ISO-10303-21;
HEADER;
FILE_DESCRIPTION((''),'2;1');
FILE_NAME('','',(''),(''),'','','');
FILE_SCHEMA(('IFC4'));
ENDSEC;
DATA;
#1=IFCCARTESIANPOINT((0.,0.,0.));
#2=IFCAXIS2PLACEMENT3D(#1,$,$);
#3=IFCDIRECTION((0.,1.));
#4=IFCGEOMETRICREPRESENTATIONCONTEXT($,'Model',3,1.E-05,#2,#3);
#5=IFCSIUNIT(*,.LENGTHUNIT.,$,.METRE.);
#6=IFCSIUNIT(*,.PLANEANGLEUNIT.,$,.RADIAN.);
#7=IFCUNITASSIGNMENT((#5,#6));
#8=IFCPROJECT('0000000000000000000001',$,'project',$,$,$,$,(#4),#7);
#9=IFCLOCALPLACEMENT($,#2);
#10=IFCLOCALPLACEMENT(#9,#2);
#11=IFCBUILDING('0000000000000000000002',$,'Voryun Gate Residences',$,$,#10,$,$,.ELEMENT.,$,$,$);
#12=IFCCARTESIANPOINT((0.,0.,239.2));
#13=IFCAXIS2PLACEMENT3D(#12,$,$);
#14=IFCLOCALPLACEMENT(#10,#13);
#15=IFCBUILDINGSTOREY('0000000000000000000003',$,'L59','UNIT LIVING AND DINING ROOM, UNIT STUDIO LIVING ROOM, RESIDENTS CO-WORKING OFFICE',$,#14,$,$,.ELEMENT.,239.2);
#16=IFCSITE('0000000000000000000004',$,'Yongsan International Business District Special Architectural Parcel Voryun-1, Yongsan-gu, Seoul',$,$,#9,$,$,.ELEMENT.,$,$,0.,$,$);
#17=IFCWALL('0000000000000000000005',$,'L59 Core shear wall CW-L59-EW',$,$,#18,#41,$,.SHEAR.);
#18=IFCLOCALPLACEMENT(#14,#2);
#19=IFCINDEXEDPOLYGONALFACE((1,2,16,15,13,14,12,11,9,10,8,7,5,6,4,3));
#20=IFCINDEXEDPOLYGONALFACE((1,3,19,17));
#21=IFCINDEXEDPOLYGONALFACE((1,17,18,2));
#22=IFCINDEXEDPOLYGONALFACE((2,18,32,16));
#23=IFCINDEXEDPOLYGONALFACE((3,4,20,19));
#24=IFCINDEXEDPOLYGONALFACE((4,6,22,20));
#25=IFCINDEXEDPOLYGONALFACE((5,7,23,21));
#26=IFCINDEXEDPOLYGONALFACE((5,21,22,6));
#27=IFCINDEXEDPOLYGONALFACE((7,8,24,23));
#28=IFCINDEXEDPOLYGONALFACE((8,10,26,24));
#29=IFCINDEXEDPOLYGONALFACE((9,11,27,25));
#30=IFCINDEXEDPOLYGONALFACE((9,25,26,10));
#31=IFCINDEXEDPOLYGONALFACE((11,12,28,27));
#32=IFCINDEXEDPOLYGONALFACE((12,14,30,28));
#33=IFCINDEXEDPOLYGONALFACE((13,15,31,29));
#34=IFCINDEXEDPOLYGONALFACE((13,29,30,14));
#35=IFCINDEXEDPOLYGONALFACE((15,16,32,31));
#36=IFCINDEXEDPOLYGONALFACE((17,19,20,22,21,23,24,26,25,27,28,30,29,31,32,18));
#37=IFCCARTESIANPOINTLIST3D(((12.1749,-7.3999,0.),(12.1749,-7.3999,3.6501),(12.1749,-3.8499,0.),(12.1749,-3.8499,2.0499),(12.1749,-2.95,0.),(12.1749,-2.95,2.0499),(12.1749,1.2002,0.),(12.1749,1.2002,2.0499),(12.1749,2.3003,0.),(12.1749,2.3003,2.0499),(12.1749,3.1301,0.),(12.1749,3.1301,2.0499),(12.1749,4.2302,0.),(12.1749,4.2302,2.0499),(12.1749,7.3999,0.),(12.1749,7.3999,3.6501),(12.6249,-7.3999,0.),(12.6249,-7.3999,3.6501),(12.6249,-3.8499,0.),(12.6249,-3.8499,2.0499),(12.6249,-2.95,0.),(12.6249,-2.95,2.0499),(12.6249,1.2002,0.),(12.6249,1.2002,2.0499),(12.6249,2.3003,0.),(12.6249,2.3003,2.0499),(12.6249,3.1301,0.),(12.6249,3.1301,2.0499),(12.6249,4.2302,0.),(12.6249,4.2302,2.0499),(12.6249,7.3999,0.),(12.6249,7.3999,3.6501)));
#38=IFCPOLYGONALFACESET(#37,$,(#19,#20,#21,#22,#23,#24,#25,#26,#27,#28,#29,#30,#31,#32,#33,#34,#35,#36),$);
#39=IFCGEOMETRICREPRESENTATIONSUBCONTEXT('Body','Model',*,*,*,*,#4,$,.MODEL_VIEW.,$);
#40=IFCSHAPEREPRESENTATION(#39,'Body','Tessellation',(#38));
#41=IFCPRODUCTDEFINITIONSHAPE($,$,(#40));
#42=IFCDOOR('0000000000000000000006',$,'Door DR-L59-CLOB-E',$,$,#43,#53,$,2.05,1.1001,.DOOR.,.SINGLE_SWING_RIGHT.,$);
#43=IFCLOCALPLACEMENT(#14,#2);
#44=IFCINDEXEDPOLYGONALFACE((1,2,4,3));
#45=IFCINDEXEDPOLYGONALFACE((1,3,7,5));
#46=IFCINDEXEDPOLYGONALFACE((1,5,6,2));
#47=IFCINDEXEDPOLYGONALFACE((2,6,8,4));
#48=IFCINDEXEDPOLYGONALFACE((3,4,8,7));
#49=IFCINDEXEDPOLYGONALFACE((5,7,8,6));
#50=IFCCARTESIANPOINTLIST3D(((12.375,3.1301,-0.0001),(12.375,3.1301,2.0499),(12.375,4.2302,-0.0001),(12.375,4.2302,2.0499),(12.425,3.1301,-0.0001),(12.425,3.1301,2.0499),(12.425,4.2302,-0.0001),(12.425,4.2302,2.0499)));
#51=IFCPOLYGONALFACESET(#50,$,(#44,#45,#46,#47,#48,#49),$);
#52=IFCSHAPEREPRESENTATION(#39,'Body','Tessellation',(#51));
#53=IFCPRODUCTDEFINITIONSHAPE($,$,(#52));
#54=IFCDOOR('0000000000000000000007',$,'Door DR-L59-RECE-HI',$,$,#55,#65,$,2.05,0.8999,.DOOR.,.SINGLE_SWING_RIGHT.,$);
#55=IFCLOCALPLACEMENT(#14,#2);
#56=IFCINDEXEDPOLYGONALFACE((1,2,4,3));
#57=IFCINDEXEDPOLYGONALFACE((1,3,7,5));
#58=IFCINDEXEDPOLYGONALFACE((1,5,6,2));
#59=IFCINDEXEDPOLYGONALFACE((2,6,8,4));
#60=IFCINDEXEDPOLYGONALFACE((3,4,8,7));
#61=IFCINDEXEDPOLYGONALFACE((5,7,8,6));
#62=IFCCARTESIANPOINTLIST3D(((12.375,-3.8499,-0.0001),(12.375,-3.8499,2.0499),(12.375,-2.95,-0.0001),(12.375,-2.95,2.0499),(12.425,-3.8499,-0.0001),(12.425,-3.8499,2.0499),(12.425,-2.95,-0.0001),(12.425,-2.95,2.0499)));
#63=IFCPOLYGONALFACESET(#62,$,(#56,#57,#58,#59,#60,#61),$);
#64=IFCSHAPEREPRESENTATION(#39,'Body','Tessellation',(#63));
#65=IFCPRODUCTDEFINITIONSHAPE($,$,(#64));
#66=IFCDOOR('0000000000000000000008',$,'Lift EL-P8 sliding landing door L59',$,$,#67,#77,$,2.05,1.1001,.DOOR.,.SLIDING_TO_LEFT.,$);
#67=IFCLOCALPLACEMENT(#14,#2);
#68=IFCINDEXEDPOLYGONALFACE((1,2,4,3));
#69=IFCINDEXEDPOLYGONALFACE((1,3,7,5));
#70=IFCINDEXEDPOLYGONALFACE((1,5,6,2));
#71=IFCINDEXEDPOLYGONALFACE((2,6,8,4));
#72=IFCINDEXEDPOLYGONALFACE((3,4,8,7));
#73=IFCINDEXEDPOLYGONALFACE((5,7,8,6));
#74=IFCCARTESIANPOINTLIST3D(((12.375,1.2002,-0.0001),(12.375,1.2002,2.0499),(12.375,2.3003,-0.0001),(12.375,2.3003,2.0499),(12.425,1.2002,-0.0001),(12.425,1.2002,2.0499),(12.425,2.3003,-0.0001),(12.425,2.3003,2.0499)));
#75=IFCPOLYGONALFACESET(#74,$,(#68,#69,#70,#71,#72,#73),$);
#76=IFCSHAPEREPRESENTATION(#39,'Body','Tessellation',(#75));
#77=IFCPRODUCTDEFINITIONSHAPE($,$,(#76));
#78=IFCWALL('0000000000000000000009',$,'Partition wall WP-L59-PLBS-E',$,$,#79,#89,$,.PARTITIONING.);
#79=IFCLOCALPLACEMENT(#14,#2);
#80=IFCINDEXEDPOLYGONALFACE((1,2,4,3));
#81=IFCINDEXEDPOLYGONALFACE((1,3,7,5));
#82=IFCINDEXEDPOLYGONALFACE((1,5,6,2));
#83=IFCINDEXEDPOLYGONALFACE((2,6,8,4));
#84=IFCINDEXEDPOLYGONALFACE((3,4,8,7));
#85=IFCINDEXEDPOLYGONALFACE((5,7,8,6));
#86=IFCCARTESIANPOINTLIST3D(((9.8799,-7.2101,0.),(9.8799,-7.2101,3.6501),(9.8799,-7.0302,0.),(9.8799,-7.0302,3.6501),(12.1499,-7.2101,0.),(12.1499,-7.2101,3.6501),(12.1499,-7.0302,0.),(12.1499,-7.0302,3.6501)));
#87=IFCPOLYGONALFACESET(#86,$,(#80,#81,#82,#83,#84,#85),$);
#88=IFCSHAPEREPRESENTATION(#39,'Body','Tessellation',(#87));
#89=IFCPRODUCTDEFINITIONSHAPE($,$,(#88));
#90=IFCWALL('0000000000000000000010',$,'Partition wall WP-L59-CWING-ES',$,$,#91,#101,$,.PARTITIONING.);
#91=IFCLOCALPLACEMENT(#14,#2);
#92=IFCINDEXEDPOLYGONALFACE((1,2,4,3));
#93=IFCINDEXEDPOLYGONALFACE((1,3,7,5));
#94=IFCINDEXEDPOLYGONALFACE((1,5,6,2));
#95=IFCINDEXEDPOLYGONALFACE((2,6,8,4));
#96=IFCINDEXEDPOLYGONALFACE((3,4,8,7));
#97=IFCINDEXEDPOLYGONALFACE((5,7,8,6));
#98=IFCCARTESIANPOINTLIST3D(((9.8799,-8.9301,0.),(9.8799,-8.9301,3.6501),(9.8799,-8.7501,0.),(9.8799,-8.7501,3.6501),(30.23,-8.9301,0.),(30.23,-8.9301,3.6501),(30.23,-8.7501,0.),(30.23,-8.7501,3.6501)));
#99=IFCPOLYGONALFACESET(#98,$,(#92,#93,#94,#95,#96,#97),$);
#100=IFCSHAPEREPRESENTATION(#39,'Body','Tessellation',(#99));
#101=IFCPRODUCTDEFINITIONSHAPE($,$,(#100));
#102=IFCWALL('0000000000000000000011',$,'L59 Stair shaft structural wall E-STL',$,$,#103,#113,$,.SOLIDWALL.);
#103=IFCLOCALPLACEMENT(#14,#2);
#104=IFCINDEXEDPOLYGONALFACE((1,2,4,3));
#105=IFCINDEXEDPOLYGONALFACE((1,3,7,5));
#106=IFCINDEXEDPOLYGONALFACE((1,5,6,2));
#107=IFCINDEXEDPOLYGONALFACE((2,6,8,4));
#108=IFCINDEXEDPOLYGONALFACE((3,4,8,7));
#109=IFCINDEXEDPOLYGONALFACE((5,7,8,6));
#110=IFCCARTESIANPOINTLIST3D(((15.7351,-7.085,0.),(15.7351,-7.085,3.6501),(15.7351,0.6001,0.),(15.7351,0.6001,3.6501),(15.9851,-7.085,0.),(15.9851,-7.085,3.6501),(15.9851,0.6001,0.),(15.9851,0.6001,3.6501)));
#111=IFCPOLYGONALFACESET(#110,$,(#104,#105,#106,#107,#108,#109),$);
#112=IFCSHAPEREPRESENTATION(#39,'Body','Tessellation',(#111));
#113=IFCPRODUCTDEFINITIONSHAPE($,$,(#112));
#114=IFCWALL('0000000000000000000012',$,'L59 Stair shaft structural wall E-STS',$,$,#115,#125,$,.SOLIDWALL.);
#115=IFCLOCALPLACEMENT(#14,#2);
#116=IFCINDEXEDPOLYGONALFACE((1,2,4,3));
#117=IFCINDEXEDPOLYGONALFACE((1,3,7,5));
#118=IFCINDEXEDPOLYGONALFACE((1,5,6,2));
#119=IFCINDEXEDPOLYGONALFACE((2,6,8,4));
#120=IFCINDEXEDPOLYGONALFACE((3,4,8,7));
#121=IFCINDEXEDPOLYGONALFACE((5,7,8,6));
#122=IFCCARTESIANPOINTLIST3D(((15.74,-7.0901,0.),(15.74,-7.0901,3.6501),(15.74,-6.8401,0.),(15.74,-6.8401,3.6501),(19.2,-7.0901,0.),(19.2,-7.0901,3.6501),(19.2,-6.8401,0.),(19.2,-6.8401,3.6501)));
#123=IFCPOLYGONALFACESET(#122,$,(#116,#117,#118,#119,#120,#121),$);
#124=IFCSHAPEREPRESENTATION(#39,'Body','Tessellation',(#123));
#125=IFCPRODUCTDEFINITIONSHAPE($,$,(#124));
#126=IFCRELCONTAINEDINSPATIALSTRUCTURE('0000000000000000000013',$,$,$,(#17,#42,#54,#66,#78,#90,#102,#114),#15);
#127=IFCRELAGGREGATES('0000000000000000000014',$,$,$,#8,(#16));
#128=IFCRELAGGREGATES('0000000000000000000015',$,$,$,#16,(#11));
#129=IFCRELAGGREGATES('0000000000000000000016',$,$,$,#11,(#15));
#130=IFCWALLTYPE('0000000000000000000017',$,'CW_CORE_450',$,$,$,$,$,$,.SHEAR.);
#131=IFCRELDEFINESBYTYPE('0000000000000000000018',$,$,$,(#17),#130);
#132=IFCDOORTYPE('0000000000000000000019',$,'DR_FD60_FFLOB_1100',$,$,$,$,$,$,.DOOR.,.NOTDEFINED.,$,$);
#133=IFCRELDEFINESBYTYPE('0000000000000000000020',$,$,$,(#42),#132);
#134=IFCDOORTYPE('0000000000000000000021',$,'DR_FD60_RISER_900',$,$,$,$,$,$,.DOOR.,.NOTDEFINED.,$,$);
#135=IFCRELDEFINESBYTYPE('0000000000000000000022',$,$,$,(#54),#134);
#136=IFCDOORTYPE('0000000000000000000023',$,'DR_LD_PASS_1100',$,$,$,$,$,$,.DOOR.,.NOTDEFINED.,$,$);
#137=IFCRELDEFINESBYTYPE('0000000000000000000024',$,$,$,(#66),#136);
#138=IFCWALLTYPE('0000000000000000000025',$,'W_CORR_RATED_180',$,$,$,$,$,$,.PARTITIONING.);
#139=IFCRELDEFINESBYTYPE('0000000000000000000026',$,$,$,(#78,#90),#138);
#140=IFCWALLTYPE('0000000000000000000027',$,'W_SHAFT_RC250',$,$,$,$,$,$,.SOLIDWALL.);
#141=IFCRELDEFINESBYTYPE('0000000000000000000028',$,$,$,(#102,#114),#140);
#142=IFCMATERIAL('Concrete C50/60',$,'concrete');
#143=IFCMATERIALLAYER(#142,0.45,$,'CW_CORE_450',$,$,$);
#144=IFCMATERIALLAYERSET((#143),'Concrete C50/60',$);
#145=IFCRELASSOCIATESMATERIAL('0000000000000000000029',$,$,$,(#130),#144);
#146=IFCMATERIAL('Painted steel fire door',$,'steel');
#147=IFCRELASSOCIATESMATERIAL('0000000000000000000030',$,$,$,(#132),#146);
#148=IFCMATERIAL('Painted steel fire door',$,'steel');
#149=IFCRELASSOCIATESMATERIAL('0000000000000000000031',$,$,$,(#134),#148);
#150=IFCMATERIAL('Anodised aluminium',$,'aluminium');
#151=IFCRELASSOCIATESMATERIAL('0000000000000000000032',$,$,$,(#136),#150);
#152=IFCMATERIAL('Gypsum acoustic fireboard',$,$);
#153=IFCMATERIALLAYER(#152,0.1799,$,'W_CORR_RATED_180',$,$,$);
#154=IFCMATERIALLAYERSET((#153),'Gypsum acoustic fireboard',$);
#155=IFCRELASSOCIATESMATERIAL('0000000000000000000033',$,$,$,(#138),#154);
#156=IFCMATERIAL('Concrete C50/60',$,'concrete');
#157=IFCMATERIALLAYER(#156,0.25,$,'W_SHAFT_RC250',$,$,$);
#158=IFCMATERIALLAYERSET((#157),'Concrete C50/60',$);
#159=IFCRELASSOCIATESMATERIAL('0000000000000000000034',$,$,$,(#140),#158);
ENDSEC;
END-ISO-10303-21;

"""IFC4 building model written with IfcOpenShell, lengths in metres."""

from ifc_helpers import new_model, si_unit, direction, frame, frame_2d, origin, place, context, subcontext, project, spatial, rectangle, extrude, material, layer, layer_set, type_object, element, fill, save


model = new_model("IFC4")

# Units and contexts
model_context = context("Model", 3, precision=1e-05, world=origin(), true_north=direction((0.0, 1.0)))
body_context = subcontext(model_context, "Body", "Model", "MODEL_VIEW")
ifc_project = project(units=[si_unit("LENGTHUNIT", "METRE"), si_unit("PLANEANGLEUNIT", "RADIAN")], contexts=[model_context])

# Site, building, storey
site_placement = place(None, origin())
site = spatial("IfcSite", under=ifc_project, at=site_placement, Name="Yongsan International Business District Special Architectural Parcel Voryun-1, Yongsan-gu, Seoul", CompositionType="ELEMENT", RefElevation=0.0)
building_placement = place(site_placement, origin())
building = spatial("IfcBuilding", under=site, at=building_placement, Name="Voryun Gate Residences", CompositionType="ELEMENT")
storey_placement = place(building_placement, frame((0.0, 0.0, 239.2)))
storey = spatial("IfcBuildingStorey", under=building, at=storey_placement, Name="L59", Description="UNIT LIVING AND DINING ROOM, UNIT STUDIO LIVING ROOM, RESIDENTS CO-WORKING OFFICE", CompositionType="ELEMENT", Elevation=239.2)

# Shared definitions
ifc_material_1 = material(Name="Concrete C50/60", Category="concrete")
ifc_layer_1 = layer(ifc_material_1, 0.45, Name="CW_CORE_450")
ifc_layer_set_1 = layer_set([ifc_layer_1], Name="Concrete C50/60")
wall_type_1 = type_object("IfcWallType", Name="CW_CORE_450", PredefinedType="SHEAR", material=ifc_layer_set_1)

# Wall, openings, doors
wall_1_placement = place(storey_placement, frame((12.3999, -7.3999, 0.0), z_axis=(0.0, 0.0, 1.0), x_axis=(0.0, 1.0, 0.0)))
wall_1 = element("IfcWall", 1, at=wall_1_placement, inside=storey, type_object=wall_type_1, Name="L59 Core shear wall CW-L59-EW", PredefinedType="SHEAR", context=body_context, shape_type="SweptSolid", body=[
    extrude(rectangle(XDim=14.7998, YDim=0.45, at=frame_2d((7.3999, 0.0))), origin(), (0.0, 0.0, 1.0), 3.6501),
])
opening_1_placement = place(wall_1_placement, frame((8.6001, 0.0, 0.0)))
opening_1 = element("IfcOpeningElement", 2, at=opening_1_placement, cuts=wall_1, PredefinedType="OPENING", context=body_context, shape_type="SweptSolid", body=[
    extrude(rectangle(XDim=1.1001, YDim=2.05, at=frame_2d((0.55, 1.0249))), frame((0.0, 0.2351, 0.0), z_axis=(0.0, -1.0, 0.0), x_axis=(1.0, 0.0, 0.0)), (0.0, 0.0, 1.0), 0.47),
])
opening_2_placement = place(wall_1_placement, frame((10.53, 0.0, 0.0)))
opening_2 = element("IfcOpeningElement", 3, at=opening_2_placement, cuts=wall_1, PredefinedType="OPENING", context=body_context, shape_type="SweptSolid", body=[
    extrude(rectangle(XDim=1.1001, YDim=2.05, at=frame_2d((0.55, 1.0249))), frame((0.0, 0.2351, 0.0), z_axis=(0.0, -1.0, 0.0), x_axis=(1.0, 0.0, 0.0)), (0.0, 0.0, 1.0), 0.47),
])
opening_3_placement = place(wall_1_placement, frame((3.55, 0.0, 0.0)))
opening_3 = element("IfcOpeningElement", 4, at=opening_3_placement, cuts=wall_1, PredefinedType="OPENING", context=body_context, shape_type="SweptSolid", body=[
    extrude(rectangle(XDim=0.8999, YDim=2.05, at=frame_2d((0.45, 1.0249))), frame((0.0, 0.2351, 0.0), z_axis=(0.0, -1.0, 0.0), x_axis=(1.0, 0.0, 0.0)), (0.0, 0.0, 1.0), 0.47),
])
ifc_material_2 = material(Name="Painted steel fire door", Category="steel")
door_type_1 = type_object("IfcDoorType", Name="DR_FD60_FFLOB_1100", OperationType="NOTDEFINED", PredefinedType="DOOR", material=ifc_material_2)
door_1_placement = place(opening_2_placement, origin())
door_1 = element("IfcDoor", 5, at=door_1_placement, inside=storey, type_object=door_type_1, Name="Door DR-L59-CLOB-E", OperationType="SINGLE_SWING_RIGHT", OverallHeight=2.05, OverallWidth=1.1001, PredefinedType="DOOR", context=body_context, shape_type="SweptSolid", body=[
    extrude(rectangle(XDim=1.1001, YDim=2.05, at=frame_2d((0.55, 1.0249))), frame((0.0, 0.0249, 0.0), z_axis=(0.0, -1.0, 0.0), x_axis=(1.0, 0.0, 0.0)), (0.0, 0.0, 1.0), 0.05),
])
fill(opening_2, door_1)
ifc_material_3 = material(Name="Painted steel fire door", Category="steel")
door_type_2 = type_object("IfcDoorType", Name="DR_FD60_RISER_900", OperationType="NOTDEFINED", PredefinedType="DOOR", material=ifc_material_3)
door_2_placement = place(opening_3_placement, origin())
door_2 = element("IfcDoor", 6, at=door_2_placement, inside=storey, type_object=door_type_2, Name="Door DR-L59-RECE-HI", OperationType="SINGLE_SWING_RIGHT", OverallHeight=2.05, OverallWidth=0.8999, PredefinedType="DOOR", context=body_context, shape_type="SweptSolid", body=[
    extrude(rectangle(XDim=0.8999, YDim=2.05, at=frame_2d((0.45, 1.0249))), frame((0.0, 0.0249, 0.0), z_axis=(0.0, -1.0, 0.0), x_axis=(1.0, 0.0, 0.0)), (0.0, 0.0, 1.0), 0.05),
])
fill(opening_3, door_2)
ifc_material_4 = material(Name="Anodised aluminium", Category="aluminium")
door_type_3 = type_object("IfcDoorType", Name="DR_LD_PASS_1100", OperationType="NOTDEFINED", PredefinedType="DOOR", material=ifc_material_4)
door_3_placement = place(opening_1_placement, origin())
door_3 = element("IfcDoor", 7, at=door_3_placement, inside=storey, type_object=door_type_3, Name="Lift EL-P8 sliding landing door L59", OperationType="SLIDING_TO_LEFT", OverallHeight=2.05, OverallWidth=1.1001, PredefinedType="DOOR", context=body_context, shape_type="SweptSolid", body=[
    extrude(rectangle(XDim=1.1001, YDim=2.05, at=frame_2d((0.55, 1.0249))), frame((0.0, 0.0249, 0.0), z_axis=(0.0, -1.0, 0.0), x_axis=(1.0, 0.0, 0.0)), (0.0, 0.0, 1.0), 0.05),
])
fill(opening_1, door_3)

# Walls
ifc_material_5 = material(Name="Gypsum acoustic fireboard")
ifc_layer_2 = layer(ifc_material_5, 0.1799, Name="W_CORR_RATED_180")
ifc_layer_set_2 = layer_set([ifc_layer_2], Name="Gypsum acoustic fireboard")
wall_type_2 = type_object("IfcWallType", Name="W_CORR_RATED_180", PredefinedType="PARTITIONING", material=ifc_layer_set_2)
wall_2_placement = place(storey_placement, frame((9.8799, -7.1201, 0.0), z_axis=(0.0, 0.0, 1.0), x_axis=(1.0, 0.0, 0.0)))
element("IfcWall", 8, at=wall_2_placement, inside=storey, type_object=wall_type_2, Name="Partition wall WP-L59-PLBS-E", PredefinedType="PARTITIONING", context=body_context, shape_type="SweptSolid", body=[
    extrude(rectangle(XDim=2.27, YDim=0.1799, at=frame_2d((1.135, 0.0))), origin(), (0.0, 0.0, 1.0), 3.6501),
])
wall_3_placement = place(storey_placement, frame((9.8799, -8.8401, 0.0), z_axis=(0.0, 0.0, 1.0), x_axis=(1.0, 0.0, 0.0)))
element("IfcWall", 9, at=wall_3_placement, inside=storey, type_object=wall_type_2, Name="Partition wall WP-L59-CWING-ES", PredefinedType="PARTITIONING", context=body_context, shape_type="SweptSolid", body=[
    extrude(rectangle(XDim=20.3501, YDim=0.1799, at=frame_2d((10.175, 0.0))), origin(), (0.0, 0.0, 1.0), 3.6501),
])
ifc_material_6 = material(Name="Concrete C50/60", Category="concrete")
ifc_layer_3 = layer(ifc_material_6, 0.25, Name="W_SHAFT_RC250")
ifc_layer_set_3 = layer_set([ifc_layer_3], Name="Concrete C50/60")
wall_type_3 = type_object("IfcWallType", Name="W_SHAFT_RC250", PredefinedType="SOLIDWALL", material=ifc_layer_set_3)
wall_4_placement = place(storey_placement, frame((15.8601, -7.085, 0.0), z_axis=(0.0, 0.0, 1.0), x_axis=(0.0, 1.0, 0.0)))
element("IfcWall", 10, at=wall_4_placement, inside=storey, type_object=wall_type_3, Name="L59 Stair shaft structural wall E-STL", PredefinedType="SOLIDWALL", context=body_context, shape_type="SweptSolid", body=[
    extrude(rectangle(XDim=7.6851, YDim=0.25, at=frame_2d((3.8425, 0.0))), origin(), (0.0, 0.0, 1.0), 3.6501),
])
wall_5_placement = place(storey_placement, frame((15.74, -6.9651, 0.0), z_axis=(0.0, 0.0, 1.0), x_axis=(1.0, 0.0, 0.0)))
element("IfcWall", 11, at=wall_5_placement, inside=storey, type_object=wall_type_3, Name="L59 Stair shaft structural wall E-STS", PredefinedType="SOLIDWALL", context=body_context, shape_type="SweptSolid", body=[
    extrude(rectangle(XDim=3.46, YDim=0.25, at=frame_2d((1.73, 0.0))), origin(), (0.0, 0.0, 1.0), 3.6501),
])

save(model, "model.ifc")
